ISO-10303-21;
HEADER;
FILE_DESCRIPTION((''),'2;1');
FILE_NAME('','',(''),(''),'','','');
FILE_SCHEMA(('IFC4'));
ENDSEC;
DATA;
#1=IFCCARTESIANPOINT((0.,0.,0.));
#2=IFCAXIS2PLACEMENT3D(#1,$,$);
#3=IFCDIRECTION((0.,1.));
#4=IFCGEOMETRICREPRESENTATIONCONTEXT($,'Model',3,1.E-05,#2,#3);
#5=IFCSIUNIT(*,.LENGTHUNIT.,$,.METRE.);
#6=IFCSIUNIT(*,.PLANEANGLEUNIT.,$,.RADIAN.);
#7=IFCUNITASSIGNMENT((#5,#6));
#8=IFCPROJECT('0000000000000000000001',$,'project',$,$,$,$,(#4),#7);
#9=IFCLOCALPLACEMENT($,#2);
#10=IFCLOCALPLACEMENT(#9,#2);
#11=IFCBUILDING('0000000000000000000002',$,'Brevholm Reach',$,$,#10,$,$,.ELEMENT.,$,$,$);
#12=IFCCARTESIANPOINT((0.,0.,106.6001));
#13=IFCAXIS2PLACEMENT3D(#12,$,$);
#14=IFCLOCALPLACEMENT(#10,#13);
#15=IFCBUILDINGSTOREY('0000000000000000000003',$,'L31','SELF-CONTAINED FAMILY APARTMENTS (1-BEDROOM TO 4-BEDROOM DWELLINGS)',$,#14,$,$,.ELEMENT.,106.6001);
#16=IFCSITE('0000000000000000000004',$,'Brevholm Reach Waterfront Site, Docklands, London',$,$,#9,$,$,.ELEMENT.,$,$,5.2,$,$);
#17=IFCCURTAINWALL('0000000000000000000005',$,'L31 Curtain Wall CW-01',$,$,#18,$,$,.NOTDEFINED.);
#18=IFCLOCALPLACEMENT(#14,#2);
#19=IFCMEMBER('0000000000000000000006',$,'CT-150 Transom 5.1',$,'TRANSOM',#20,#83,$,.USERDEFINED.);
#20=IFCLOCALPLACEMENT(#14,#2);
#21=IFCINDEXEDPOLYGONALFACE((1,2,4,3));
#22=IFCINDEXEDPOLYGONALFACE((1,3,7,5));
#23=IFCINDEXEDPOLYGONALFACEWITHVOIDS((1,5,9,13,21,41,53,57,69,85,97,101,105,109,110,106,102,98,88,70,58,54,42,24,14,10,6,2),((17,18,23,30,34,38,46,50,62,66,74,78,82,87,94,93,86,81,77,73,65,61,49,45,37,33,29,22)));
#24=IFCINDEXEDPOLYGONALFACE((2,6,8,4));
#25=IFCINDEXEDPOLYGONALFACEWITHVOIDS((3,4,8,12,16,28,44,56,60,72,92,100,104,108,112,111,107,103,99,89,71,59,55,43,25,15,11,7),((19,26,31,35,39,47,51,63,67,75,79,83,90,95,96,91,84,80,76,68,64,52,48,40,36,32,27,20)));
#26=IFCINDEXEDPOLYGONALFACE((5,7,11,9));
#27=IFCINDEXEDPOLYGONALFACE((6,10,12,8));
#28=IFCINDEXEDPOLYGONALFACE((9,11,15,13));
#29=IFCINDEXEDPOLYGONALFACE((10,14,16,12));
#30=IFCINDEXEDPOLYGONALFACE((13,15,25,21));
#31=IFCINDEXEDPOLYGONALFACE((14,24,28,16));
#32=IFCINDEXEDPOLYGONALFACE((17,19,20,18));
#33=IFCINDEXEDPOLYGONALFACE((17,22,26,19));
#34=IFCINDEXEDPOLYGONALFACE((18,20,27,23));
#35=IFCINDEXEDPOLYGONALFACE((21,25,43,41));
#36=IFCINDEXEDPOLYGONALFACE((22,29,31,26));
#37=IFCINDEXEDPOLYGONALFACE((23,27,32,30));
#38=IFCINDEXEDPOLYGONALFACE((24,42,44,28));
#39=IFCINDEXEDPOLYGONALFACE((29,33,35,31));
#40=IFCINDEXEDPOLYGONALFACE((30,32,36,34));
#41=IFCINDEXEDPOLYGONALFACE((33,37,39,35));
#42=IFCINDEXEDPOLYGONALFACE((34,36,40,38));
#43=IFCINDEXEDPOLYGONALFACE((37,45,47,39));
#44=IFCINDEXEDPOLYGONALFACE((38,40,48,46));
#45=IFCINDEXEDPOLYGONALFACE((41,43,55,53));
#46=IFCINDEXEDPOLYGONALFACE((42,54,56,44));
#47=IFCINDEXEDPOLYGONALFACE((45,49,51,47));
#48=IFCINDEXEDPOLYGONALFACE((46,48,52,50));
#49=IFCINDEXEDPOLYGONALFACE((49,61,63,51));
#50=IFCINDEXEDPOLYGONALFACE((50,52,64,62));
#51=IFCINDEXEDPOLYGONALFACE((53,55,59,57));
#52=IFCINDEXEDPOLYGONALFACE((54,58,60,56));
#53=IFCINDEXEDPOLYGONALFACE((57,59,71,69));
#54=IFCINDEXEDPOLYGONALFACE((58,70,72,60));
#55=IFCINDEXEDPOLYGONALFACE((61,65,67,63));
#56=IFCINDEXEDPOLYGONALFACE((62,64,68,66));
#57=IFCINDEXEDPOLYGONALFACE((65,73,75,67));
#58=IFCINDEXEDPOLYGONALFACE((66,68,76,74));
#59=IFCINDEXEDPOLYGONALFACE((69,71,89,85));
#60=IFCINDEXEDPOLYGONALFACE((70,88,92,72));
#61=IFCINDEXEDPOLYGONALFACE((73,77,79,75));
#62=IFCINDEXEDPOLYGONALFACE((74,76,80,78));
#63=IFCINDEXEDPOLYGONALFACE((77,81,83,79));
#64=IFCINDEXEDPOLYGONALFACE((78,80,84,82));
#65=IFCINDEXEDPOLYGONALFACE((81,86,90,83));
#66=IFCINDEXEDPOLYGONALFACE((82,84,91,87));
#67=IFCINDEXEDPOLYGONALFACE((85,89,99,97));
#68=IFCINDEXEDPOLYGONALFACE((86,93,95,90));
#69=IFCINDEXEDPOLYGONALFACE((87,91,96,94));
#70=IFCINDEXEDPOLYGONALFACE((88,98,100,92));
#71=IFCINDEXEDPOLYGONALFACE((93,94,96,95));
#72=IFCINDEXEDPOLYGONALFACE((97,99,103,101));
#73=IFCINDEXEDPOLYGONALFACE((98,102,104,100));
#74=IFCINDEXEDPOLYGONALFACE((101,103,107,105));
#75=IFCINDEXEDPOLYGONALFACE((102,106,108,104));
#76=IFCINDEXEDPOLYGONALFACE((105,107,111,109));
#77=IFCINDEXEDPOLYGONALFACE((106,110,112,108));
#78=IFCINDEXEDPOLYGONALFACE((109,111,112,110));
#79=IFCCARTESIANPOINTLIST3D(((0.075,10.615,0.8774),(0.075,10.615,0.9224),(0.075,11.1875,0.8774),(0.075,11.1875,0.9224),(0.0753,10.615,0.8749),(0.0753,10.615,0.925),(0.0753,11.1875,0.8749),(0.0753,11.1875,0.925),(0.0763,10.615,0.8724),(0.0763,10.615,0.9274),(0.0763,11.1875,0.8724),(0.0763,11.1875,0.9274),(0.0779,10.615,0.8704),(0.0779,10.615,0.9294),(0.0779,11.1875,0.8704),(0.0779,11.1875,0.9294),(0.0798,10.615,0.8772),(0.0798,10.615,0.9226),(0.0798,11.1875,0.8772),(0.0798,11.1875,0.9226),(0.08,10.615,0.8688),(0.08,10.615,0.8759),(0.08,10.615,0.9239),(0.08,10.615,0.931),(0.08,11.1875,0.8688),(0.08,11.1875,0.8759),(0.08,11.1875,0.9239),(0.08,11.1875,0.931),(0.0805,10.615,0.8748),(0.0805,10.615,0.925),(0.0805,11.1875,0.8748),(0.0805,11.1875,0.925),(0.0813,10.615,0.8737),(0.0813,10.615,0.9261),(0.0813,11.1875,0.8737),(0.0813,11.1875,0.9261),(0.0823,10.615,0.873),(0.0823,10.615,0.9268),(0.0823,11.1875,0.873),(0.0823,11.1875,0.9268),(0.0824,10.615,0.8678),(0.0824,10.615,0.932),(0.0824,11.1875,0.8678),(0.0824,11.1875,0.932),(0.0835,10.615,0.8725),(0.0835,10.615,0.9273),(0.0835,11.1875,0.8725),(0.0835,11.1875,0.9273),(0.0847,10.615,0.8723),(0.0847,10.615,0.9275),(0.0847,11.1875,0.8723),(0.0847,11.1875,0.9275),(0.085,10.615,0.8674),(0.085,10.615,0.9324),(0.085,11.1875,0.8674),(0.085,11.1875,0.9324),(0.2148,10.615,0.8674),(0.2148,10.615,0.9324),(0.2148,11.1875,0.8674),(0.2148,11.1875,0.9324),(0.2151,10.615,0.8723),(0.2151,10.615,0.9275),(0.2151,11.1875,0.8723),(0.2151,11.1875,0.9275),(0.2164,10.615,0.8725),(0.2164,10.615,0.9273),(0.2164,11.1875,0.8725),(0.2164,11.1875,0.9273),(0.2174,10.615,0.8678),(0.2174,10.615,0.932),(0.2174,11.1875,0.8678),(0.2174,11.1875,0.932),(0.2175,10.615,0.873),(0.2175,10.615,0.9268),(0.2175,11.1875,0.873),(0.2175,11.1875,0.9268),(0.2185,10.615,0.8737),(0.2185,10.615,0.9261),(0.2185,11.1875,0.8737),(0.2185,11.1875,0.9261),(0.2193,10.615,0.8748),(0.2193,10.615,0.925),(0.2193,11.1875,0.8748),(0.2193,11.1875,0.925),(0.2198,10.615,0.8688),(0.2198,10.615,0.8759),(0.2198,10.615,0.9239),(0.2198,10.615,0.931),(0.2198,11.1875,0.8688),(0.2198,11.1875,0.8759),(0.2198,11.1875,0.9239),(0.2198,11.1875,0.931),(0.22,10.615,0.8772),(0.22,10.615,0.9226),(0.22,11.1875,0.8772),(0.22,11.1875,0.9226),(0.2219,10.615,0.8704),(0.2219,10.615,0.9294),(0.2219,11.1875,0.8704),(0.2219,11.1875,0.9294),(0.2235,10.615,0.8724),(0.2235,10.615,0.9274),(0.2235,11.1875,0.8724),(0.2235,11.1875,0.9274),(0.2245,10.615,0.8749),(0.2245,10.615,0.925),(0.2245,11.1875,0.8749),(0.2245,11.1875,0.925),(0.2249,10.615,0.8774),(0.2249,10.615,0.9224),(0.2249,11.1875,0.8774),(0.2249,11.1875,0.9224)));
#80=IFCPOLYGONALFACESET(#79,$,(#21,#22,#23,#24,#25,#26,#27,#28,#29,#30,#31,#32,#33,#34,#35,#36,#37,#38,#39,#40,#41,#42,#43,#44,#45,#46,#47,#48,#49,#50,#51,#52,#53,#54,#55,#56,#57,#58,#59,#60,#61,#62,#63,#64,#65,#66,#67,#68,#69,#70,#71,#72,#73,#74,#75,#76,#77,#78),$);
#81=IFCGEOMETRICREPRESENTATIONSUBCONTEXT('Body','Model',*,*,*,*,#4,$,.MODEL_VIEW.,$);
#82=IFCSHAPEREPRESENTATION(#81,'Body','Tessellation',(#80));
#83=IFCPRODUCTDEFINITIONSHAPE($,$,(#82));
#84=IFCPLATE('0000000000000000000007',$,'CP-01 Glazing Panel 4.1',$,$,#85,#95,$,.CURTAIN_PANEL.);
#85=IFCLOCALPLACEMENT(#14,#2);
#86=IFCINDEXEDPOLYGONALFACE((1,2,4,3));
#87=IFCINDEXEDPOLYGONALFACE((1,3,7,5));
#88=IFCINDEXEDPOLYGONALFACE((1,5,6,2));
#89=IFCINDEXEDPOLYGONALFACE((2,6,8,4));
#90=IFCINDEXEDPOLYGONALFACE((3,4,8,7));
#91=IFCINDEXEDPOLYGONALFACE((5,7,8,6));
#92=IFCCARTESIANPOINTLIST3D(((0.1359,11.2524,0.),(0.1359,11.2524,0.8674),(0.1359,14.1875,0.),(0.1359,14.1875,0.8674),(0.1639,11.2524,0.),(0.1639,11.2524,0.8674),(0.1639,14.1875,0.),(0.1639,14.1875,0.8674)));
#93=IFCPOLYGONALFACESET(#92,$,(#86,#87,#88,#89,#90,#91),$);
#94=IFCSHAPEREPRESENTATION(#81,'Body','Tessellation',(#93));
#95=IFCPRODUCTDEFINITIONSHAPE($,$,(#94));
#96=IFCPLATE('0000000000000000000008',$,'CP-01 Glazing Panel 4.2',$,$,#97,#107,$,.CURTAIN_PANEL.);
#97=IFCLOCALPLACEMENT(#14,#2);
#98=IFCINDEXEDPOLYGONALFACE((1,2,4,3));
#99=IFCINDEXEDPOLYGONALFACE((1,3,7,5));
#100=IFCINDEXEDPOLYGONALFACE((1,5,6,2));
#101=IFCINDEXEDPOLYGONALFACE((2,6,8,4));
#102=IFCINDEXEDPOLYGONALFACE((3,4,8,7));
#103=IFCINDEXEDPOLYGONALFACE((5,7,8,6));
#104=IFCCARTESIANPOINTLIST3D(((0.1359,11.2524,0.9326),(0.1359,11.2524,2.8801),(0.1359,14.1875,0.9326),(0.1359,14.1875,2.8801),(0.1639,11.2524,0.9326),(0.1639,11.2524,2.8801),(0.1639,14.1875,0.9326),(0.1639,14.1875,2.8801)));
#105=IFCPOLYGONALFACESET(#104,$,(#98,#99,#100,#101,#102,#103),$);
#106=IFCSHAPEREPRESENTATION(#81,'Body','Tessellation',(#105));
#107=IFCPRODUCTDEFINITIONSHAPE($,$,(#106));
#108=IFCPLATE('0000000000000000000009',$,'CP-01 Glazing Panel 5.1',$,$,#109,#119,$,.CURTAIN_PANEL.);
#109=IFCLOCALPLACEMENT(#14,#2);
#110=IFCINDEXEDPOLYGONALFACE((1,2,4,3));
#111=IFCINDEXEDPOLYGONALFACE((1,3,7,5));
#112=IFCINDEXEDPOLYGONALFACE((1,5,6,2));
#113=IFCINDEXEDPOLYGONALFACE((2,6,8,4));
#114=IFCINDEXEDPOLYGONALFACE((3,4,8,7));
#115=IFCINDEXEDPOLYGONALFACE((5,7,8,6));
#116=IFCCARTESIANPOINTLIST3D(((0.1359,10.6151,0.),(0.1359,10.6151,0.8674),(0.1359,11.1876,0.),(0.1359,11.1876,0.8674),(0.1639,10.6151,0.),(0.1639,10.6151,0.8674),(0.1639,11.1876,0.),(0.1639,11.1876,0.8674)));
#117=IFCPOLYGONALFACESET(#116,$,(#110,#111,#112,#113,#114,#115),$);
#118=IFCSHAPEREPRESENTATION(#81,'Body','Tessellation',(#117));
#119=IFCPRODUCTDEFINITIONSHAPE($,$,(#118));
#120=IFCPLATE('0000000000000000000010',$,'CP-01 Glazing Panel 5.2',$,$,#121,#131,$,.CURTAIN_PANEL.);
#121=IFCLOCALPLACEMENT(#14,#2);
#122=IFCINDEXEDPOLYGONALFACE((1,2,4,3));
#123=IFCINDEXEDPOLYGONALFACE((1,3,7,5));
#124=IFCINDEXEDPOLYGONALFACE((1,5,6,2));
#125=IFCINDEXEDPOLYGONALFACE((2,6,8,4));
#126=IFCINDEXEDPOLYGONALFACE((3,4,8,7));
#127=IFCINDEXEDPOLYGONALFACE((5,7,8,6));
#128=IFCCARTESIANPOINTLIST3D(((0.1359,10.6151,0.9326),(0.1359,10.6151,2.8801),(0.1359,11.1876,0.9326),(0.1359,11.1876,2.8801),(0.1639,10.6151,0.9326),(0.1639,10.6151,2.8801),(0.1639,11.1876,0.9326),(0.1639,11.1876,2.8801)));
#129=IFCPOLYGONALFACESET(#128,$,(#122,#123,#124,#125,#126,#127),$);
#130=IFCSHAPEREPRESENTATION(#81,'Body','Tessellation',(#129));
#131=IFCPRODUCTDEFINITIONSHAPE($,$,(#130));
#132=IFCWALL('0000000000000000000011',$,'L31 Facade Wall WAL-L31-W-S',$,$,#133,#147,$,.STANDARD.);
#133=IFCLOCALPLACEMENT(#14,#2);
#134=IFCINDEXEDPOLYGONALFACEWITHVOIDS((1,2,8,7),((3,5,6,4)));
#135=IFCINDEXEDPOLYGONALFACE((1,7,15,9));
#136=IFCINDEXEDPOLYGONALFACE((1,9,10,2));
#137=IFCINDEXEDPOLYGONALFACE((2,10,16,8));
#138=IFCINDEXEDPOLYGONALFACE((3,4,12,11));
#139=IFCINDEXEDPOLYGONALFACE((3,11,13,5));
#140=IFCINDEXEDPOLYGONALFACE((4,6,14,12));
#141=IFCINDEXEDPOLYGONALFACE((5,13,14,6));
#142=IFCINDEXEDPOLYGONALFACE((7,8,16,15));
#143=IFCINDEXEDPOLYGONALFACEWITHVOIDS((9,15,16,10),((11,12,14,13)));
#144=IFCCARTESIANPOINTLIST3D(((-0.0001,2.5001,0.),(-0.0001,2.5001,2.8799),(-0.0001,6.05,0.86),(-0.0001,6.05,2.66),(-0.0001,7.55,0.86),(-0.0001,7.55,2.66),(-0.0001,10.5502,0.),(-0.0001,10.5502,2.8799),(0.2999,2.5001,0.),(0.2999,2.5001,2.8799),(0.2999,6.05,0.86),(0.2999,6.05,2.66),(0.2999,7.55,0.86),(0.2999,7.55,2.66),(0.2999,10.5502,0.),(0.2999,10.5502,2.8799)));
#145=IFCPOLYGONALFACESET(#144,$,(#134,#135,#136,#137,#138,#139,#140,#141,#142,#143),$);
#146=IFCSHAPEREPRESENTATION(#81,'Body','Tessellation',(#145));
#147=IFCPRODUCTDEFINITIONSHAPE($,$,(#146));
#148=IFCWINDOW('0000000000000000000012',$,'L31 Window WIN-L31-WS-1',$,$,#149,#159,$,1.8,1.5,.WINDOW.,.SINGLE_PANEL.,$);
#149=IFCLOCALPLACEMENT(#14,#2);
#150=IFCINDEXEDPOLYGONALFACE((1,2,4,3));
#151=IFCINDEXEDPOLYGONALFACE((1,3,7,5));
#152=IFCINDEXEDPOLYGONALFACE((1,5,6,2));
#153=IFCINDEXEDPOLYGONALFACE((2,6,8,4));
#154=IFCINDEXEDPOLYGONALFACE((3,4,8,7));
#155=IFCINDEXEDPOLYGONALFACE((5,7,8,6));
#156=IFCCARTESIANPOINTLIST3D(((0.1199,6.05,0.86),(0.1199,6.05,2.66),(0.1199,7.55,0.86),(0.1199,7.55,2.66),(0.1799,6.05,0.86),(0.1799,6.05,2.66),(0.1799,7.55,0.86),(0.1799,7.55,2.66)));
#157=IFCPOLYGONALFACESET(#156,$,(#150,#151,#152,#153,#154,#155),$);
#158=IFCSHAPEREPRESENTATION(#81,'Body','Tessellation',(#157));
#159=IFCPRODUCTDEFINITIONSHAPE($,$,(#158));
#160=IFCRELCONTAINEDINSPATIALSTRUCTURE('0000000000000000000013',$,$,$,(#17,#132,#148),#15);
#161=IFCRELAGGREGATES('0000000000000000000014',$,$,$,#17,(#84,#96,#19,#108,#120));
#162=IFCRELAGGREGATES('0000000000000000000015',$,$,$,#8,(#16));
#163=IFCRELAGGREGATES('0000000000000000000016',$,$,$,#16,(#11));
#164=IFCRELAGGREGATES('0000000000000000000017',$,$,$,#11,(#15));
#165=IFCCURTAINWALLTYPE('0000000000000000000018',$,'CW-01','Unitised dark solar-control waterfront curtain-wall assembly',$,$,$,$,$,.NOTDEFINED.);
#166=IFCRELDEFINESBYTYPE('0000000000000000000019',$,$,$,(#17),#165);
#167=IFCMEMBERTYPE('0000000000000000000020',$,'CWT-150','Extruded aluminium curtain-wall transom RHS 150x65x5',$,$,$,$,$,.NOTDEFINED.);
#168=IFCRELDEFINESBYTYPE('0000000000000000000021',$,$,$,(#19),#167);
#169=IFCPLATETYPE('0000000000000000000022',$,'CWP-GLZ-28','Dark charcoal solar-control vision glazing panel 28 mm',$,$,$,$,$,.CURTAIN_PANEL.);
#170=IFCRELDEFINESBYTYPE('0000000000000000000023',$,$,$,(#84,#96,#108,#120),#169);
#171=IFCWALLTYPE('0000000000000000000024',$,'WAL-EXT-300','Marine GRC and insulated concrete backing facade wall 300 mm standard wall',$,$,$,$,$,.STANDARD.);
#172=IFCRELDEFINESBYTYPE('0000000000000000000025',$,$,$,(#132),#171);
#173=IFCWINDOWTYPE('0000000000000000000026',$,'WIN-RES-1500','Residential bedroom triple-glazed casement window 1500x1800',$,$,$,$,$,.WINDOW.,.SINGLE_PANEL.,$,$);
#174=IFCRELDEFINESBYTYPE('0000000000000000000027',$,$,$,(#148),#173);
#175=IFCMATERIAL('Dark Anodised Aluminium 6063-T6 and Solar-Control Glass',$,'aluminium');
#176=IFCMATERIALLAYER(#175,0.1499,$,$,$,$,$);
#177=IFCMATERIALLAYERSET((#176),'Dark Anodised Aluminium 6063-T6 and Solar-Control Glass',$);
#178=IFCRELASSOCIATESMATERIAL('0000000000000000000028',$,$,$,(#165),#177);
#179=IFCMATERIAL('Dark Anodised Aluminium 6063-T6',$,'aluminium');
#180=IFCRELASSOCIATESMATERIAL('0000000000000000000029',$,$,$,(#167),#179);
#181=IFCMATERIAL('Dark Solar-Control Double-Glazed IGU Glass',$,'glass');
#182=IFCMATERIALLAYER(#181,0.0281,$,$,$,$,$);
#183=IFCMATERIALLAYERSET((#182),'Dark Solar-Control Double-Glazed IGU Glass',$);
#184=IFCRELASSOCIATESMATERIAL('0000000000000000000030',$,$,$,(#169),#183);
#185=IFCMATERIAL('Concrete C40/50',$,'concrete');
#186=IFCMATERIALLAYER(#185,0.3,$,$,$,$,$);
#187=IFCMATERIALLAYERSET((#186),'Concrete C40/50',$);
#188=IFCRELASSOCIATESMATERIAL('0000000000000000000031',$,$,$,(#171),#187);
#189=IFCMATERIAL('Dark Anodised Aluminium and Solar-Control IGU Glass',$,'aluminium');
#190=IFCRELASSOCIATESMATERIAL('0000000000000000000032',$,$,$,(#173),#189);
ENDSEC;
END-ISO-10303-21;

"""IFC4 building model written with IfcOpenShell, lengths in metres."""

from ifc_helpers import new_model, si_unit, direction, frame, frame_2d, origin, origin_2d, place, context, subcontext, project, spatial, rectangle, hollow_rectangle, extrude, material, layer, layer_set, material_profile, profile_set, type_object, element, fill, aggregate, save


model = new_model("IFC4")

# Units and contexts
model_context = context("Model", 3, precision=1e-05, world=origin(), true_north=direction((0.0, 1.0)))
body_context = subcontext(model_context, "Body", "Model", "MODEL_VIEW")
ifc_project = project(units=[si_unit("LENGTHUNIT", "METRE"), si_unit("PLANEANGLEUNIT", "RADIAN")], contexts=[model_context])

# Site, building, storey
site_placement = place(None, origin())
site = spatial("IfcSite", under=ifc_project, at=site_placement, Name="Brevholm Reach Waterfront Site, Docklands, London", CompositionType="ELEMENT", RefElevation=5.2)
building_placement = place(site_placement, origin())
building = spatial("IfcBuilding", under=site, at=building_placement, Name="Brevholm Reach", CompositionType="ELEMENT")
storey_placement = place(building_placement, frame((0.0, 0.0, 106.6001)))
storey = spatial("IfcBuildingStorey", under=building, at=storey_placement, Name="L31", Description="SELF-CONTAINED FAMILY APARTMENTS (1-BEDROOM TO 4-BEDROOM DWELLINGS)", CompositionType="ELEMENT", Elevation=106.6001)

# Curtain wall, member, plates
ifc_material_1 = material(Name="Dark Anodised Aluminium 6063-T6 and Solar-Control Glass", Category="aluminium")
ifc_layer_1 = layer(ifc_material_1, 0.1499)
ifc_layer_set_1 = layer_set([ifc_layer_1], Name="Dark Anodised Aluminium 6063-T6 and Solar-Control Glass")
curtain_wall_type = type_object("IfcCurtainWallType", Name="CW-01", Description="Unitised dark solar-control waterfront curtain-wall assembly", PredefinedType="NOTDEFINED", material=ifc_layer_set_1)
curtain_wall_placement = place(storey_placement, origin())
curtain_wall = element("IfcCurtainWall", 1, at=curtain_wall_placement, inside=storey, type_object=curtain_wall_type, Name="L31 Curtain Wall CW-01", PredefinedType="NOTDEFINED")
ifc_material_2 = material(Name="Dark Anodised Aluminium 6063-T6", Category="aluminium")
ifc_material_profile_1 = material_profile(ifc_material_2, hollow_rectangle(XDim=0.0649, YDim=0.1499, WallThickness=0.0049, InnerFilletRadius=0.0049, OuterFilletRadius=0.01, at=origin_2d()), Name="RHS 150x65x5")
ifc_profile_set_1 = profile_set([ifc_material_profile_1], Name="Dark Anodised Aluminium 6063-T6")
member_type_1 = type_object("IfcMemberType", Name="CWT-150", Description="Extruded aluminium curtain-wall transom RHS 150x65x5", PredefinedType="NOTDEFINED", material=ifc_profile_set_1)
member_1_placement = place(storey_placement, frame((0.1499, 11.1875, 0.8999), z_axis=(0.0, -1.0, 0.0), x_axis=(0.0, 0.0, 1.0)))
member_1 = element("IfcMember", 2, at=member_1_placement, type_object=member_type_1, Name="CT-150 Transom 5.1", ObjectType="TRANSOM", PredefinedType="USERDEFINED", context=body_context, shape_type="SweptSolid", body=[
    extrude(hollow_rectangle(XDim=0.0649, YDim=0.1499, WallThickness=0.0049, InnerFilletRadius=0.0049, OuterFilletRadius=0.01, at=origin_2d()), origin(), (0.0, 0.0, 1.0), 0.5725),
])
ifc_material_3 = material(Name="Dark Solar-Control Double-Glazed IGU Glass", Category="glass")
ifc_layer_2 = layer(ifc_material_3, 0.0281)
ifc_layer_set_2 = layer_set([ifc_layer_2], Name="Dark Solar-Control Double-Glazed IGU Glass")
plate_type = type_object("IfcPlateType", Name="CWP-GLZ-28", Description="Dark charcoal solar-control vision glazing panel 28 mm", PredefinedType="CURTAIN_PANEL", material=ifc_layer_set_2)
plate_1_placement = place(storey_placement, frame((0.1499, 12.72, 0.0), z_axis=(0.0, 0.0, 1.0), x_axis=(0.0, -1.0, 0.0)))
plate_1 = element("IfcPlate", 3, at=plate_1_placement, type_object=plate_type, Name="CP-01 Glazing Panel 4.1", PredefinedType="CURTAIN_PANEL", context=body_context, shape_type="SweptSolid", body=[
    extrude(rectangle(XDim=2.9351, YDim=0.0281, at=origin_2d()), origin(), (0.0, 0.0, 1.0), 0.8674),
])
plate_2_placement = place(storey_placement, frame((0.1499, 12.72, 0.9326), z_axis=(0.0, 0.0, 1.0), x_axis=(0.0, -1.0, 0.0)))
plate_2 = element("IfcPlate", 4, at=plate_2_placement, type_object=plate_type, Name="CP-01 Glazing Panel 4.2", PredefinedType="CURTAIN_PANEL", context=body_context, shape_type="SweptSolid", body=[
    extrude(rectangle(XDim=2.9351, YDim=0.0281, at=origin_2d()), origin(), (0.0, 0.0, 1.0), 1.9475),
])
plate_3_placement = place(storey_placement, frame((0.1499, 10.9014, 0.0), z_axis=(0.0, 0.0, 1.0), x_axis=(0.0, -1.0, 0.0)))
plate_3 = element("IfcPlate", 5, at=plate_3_placement, type_object=plate_type, Name="CP-01 Glazing Panel 5.1", PredefinedType="CURTAIN_PANEL", context=body_context, shape_type="SweptSolid", body=[
    extrude(rectangle(XDim=0.5725, YDim=0.0281, at=origin_2d()), origin(), (0.0, 0.0, 1.0), 0.8674),
])
plate_4_placement = place(storey_placement, frame((0.1499, 10.9014, 0.9326), z_axis=(0.0, 0.0, 1.0), x_axis=(0.0, -1.0, 0.0)))
plate_4 = element("IfcPlate", 6, at=plate_4_placement, type_object=plate_type, Name="CP-01 Glazing Panel 5.2", PredefinedType="CURTAIN_PANEL", context=body_context, shape_type="SweptSolid", body=[
    extrude(rectangle(XDim=0.5725, YDim=0.0281, at=origin_2d()), origin(), (0.0, 0.0, 1.0), 1.9475),
])
aggregate(curtain_wall, [plate_1, plate_2, member_1, plate_3, plate_4])

# Wall, opening, window
ifc_material_4 = material(Name="Concrete C40/50", Category="concrete")
ifc_layer_3 = layer(ifc_material_4, 0.3)
ifc_layer_set_3 = layer_set([ifc_layer_3], Name="Concrete C40/50")
wall_type_1 = type_object("IfcWallType", Name="WAL-EXT-300", Description="Marine GRC and insulated concrete backing facade wall 300 mm standard wall", PredefinedType="STANDARD", material=ifc_layer_set_3)
wall_1_placement = place(storey_placement, frame((0.1499, 10.55, 0.0), z_axis=(0.0, 0.0, 1.0), x_axis=(0.0, -1.0, 0.0)))
wall_1 = element("IfcWall", 7, at=wall_1_placement, inside=storey, type_object=wall_type_1, Name="L31 Facade Wall WAL-L31-W-S", PredefinedType="STANDARD", context=body_context, shape_type="SweptSolid", body=[
    extrude(rectangle(XDim=8.05, YDim=0.3, at=frame_2d((4.0249, 0.0))), origin(), (0.0, 0.0, 1.0), 2.8799),
])
opening_1_placement = place(wall_1_placement, frame((3.0, 0.0, 0.8601)))
opening_1 = element("IfcOpeningElement", 8, at=opening_1_placement, cuts=wall_1, PredefinedType="OPENING", context=body_context, shape_type="SweptSolid", body=[
    extrude(rectangle(XDim=1.5, YDim=1.8, at=frame_2d((0.75, 0.8999))), frame((0.0, 0.1599, 0.0), z_axis=(0.0, -1.0, 0.0), x_axis=(1.0, 0.0, 0.0)), (0.0, 0.0, 1.0), 0.3201),
])
ifc_material_5 = material(Name="Dark Anodised Aluminium and Solar-Control IGU Glass", Category="aluminium")
window_type = type_object("IfcWindowType", Name="WIN-RES-1500", Description="Residential bedroom triple-glazed casement window 1500x1800", PartitioningType="SINGLE_PANEL", PredefinedType="WINDOW", material=ifc_material_5)
window_placement = place(opening_1_placement, origin())
window = element("IfcWindow", 9, at=window_placement, inside=storey, type_object=window_type, Name="L31 Window WIN-L31-WS-1", OverallHeight=1.8, OverallWidth=1.5, PartitioningType="SINGLE_PANEL", PredefinedType="WINDOW", context=body_context, shape_type="SweptSolid", body=[
    extrude(rectangle(XDim=1.5, YDim=1.8, at=frame_2d((0.75, 0.8999))), frame((0.0, 0.03, 0.0), z_axis=(0.0, -1.0, 0.0), x_axis=(1.0, 0.0, 0.0)), (0.0, 0.0, 1.0), 0.0601),
])
fill(opening_1, window)

save(model, "model.ifc")
